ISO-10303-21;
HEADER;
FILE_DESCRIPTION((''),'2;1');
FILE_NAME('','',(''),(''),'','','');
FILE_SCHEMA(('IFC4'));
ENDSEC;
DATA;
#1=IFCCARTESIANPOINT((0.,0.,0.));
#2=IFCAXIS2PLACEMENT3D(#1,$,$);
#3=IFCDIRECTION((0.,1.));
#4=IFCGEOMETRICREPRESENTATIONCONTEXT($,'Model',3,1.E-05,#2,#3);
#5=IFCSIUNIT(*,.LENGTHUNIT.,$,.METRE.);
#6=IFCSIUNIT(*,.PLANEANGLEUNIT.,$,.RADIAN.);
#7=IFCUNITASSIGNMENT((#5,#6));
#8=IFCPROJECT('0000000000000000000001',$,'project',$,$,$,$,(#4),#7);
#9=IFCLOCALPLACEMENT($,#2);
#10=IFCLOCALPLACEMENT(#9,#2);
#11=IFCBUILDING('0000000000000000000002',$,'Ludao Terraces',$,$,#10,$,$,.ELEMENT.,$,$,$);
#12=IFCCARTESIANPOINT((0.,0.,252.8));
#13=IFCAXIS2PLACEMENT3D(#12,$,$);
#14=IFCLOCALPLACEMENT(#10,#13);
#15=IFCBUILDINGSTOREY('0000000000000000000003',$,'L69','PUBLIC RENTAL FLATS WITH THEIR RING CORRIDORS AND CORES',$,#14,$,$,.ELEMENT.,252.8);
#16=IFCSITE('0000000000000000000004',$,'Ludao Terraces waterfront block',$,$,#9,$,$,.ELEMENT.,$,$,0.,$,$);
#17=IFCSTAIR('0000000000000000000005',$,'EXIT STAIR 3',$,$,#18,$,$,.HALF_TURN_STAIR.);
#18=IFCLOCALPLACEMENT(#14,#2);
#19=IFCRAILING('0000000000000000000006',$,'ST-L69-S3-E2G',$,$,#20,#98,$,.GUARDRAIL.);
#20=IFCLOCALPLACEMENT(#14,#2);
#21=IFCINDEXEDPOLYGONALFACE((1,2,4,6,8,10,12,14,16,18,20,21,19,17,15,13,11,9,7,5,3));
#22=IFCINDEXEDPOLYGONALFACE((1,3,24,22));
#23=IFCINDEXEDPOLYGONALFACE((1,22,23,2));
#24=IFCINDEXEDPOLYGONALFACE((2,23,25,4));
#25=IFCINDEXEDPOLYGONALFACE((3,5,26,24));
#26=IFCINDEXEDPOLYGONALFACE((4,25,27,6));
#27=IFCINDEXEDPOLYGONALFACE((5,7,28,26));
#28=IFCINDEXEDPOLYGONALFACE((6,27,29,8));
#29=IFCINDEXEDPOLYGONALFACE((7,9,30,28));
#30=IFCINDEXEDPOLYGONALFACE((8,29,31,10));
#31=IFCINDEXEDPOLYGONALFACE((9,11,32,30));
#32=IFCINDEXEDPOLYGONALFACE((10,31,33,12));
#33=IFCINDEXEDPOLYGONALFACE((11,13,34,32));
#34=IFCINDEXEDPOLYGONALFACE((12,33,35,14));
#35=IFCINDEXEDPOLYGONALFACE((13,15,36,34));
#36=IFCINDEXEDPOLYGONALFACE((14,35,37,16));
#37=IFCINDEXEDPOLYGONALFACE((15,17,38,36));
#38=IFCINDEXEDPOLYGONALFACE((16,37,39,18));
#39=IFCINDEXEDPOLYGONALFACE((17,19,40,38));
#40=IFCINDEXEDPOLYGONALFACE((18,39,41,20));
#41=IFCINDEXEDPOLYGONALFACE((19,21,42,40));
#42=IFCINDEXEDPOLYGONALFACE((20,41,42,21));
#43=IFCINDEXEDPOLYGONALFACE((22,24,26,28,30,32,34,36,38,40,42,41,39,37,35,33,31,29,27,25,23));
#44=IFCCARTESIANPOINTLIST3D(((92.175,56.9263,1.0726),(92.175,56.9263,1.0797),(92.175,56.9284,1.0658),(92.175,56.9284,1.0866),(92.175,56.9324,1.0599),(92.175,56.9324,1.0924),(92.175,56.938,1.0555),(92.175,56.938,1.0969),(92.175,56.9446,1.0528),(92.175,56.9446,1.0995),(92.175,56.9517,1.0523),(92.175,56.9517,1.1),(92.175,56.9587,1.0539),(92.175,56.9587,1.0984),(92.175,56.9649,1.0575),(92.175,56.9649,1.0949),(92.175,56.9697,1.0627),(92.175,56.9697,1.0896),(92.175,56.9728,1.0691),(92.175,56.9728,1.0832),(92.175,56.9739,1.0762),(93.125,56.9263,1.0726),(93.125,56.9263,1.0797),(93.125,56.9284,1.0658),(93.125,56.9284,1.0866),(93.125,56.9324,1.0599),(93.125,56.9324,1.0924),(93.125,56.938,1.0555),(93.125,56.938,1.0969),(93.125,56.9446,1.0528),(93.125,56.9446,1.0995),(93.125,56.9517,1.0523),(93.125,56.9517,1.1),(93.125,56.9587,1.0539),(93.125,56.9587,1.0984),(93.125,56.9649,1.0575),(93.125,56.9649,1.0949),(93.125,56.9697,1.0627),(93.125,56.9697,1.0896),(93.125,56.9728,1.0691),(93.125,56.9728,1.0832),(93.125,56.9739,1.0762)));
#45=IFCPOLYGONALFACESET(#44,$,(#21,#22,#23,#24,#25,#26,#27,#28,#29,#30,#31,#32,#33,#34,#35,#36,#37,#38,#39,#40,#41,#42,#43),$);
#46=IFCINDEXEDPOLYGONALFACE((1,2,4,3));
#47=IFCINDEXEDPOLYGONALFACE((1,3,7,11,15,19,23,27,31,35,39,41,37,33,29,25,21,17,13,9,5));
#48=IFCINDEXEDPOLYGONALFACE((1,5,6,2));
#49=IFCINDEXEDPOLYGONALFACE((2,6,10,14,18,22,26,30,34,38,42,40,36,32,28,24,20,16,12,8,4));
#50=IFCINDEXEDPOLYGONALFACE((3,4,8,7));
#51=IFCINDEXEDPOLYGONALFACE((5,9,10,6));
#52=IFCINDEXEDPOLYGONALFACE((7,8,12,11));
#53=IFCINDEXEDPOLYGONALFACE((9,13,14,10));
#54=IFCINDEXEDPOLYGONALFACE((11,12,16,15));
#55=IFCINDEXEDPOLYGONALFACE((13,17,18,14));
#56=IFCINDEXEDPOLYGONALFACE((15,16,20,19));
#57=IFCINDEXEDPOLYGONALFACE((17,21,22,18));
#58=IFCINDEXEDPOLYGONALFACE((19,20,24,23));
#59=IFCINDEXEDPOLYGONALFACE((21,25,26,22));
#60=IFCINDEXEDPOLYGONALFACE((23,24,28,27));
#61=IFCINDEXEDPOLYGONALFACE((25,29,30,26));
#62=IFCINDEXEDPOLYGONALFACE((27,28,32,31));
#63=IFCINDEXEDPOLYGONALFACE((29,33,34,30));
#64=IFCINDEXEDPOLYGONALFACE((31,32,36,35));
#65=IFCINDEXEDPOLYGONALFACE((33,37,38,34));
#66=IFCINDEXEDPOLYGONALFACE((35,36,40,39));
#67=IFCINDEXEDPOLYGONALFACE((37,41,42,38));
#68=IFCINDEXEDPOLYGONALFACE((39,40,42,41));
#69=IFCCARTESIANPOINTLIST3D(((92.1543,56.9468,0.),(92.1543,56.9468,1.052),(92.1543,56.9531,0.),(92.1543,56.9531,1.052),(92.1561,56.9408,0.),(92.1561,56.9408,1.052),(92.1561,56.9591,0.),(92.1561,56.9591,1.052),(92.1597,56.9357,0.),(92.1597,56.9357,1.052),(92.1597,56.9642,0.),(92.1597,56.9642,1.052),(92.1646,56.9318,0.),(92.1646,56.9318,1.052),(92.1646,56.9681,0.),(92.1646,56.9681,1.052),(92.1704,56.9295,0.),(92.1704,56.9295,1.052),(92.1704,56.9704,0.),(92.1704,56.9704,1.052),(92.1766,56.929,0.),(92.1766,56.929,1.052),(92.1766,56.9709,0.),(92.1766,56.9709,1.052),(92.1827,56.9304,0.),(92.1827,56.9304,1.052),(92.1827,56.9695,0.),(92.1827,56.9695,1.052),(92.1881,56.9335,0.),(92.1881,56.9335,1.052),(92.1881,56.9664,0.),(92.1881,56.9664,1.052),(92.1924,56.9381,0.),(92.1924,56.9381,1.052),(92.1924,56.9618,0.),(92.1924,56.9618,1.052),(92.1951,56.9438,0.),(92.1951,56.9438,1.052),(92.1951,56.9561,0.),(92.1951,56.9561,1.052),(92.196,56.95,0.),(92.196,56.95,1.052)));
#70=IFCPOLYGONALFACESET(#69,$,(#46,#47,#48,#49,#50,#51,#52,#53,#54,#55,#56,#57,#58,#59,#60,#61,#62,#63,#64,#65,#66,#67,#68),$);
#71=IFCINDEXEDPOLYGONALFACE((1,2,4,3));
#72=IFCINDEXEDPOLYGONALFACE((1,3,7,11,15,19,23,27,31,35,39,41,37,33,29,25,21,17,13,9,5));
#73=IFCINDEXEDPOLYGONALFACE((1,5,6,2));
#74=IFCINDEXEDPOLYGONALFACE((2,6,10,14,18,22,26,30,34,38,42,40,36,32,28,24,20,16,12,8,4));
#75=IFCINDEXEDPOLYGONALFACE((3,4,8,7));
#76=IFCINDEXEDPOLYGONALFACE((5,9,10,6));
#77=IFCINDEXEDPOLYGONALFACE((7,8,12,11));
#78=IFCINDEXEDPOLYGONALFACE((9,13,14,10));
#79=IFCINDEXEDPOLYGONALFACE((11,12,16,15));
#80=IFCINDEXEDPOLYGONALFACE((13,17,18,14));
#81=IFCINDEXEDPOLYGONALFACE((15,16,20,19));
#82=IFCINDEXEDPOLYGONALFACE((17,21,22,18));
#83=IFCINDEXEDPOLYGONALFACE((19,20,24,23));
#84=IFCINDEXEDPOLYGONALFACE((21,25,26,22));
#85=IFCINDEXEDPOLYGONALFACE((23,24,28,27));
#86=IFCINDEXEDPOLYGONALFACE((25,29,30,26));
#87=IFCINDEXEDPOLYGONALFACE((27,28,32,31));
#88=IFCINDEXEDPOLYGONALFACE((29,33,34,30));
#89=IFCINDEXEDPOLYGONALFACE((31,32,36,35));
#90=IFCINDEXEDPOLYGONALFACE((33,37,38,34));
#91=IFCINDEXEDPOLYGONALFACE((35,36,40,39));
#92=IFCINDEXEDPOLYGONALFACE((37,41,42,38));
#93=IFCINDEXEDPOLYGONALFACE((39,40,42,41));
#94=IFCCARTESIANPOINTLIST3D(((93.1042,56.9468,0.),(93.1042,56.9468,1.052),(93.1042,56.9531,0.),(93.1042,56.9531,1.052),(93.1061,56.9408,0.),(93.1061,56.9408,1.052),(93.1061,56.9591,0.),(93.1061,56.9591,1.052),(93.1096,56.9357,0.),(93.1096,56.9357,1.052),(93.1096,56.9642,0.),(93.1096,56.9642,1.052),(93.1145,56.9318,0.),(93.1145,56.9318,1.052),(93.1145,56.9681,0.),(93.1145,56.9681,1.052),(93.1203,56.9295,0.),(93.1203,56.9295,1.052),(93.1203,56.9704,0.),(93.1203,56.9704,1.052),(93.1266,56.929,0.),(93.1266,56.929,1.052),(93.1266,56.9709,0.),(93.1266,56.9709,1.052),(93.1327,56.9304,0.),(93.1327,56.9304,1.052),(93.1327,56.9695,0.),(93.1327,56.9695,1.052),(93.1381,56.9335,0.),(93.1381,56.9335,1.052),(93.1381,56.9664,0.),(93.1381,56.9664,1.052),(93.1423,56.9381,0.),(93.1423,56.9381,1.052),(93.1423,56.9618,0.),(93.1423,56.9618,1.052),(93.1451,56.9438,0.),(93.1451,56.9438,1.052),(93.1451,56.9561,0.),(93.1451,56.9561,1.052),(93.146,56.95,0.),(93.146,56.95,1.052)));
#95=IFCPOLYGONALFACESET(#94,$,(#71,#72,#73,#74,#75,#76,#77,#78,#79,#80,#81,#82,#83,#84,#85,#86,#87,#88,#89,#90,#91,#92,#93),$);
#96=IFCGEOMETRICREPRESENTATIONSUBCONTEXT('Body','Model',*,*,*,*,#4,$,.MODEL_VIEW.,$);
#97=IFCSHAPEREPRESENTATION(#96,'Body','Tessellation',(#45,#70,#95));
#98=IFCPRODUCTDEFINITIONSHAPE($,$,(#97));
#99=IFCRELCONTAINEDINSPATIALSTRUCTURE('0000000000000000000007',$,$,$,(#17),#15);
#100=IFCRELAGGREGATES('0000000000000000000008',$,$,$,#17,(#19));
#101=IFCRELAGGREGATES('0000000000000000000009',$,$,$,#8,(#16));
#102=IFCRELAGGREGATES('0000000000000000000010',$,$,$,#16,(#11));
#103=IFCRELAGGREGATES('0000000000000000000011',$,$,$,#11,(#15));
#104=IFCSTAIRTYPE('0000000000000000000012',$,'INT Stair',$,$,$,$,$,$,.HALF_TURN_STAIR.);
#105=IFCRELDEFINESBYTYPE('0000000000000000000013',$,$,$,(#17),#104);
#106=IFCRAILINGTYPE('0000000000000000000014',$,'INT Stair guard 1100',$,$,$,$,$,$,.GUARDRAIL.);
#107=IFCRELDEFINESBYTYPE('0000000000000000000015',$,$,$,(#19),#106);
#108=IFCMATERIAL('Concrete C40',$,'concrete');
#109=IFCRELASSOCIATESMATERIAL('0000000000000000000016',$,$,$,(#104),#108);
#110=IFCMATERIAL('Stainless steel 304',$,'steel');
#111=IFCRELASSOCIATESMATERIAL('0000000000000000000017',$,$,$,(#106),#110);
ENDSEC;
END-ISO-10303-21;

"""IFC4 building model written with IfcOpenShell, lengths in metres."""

from ifc_helpers import new_model, si_unit, direction, frame, origin, origin_2d, place, context, subcontext, project, spatial, circle, extrude, material, type_object, element, aggregate, save


model = new_model("IFC4")

# Units and contexts
model_context = context("Model", 3, precision=1e-05, world=origin(), true_north=direction((0.0, 1.0)))
body_context = subcontext(model_context, "Body", "Model", "MODEL_VIEW")
ifc_project = project(units=[si_unit("LENGTHUNIT", "METRE"), si_unit("PLANEANGLEUNIT", "RADIAN")], contexts=[model_context])

# Site, building, storey
site_placement = place(None, origin())
site = spatial("IfcSite", under=ifc_project, at=site_placement, Name="Ludao Terraces waterfront block", CompositionType="ELEMENT", RefElevation=0.0)
building_placement = place(site_placement, origin())
building = spatial("IfcBuilding", under=site, at=building_placement, Name="Ludao Terraces", CompositionType="ELEMENT")
storey_placement = place(building_placement, frame((0.0, 0.0, 252.8)))
storey = spatial("IfcBuildingStorey", under=building, at=storey_placement, Name="L69", Description="PUBLIC RENTAL FLATS WITH THEIR RING CORRIDORS AND CORES", CompositionType="ELEMENT", Elevation=252.8)

# Shared definitions
ifc_material_1 = material(Name="Concrete C40", Category="concrete")

# Stair, railing
stair_type = type_object("IfcStairType", Name="INT Stair", PredefinedType="HALF_TURN_STAIR", material=ifc_material_1)
stair_placement = place(storey_placement, origin())
stair = element("IfcStair", 1, at=stair_placement, inside=storey, type_object=stair_type, Name="EXIT STAIR 3", PredefinedType="HALF_TURN_STAIR")
ifc_material_2 = material(Name="Stainless steel 304", Category="steel")
railing_type_1 = type_object("IfcRailingType", Name="INT Stair guard 1100", PredefinedType="GUARDRAIL", material=ifc_material_2)
railing_1_placement = place(storey_placement, frame((92.175, 56.95, 0.0)))
railing_1 = element("IfcRailing", 2, at=railing_1_placement, type_object=railing_type_1, Name="ST-L69-S3-E2G", PredefinedType="GUARDRAIL", context=body_context, shape_type="SweptSolid", body=[
    extrude(circle(Radius=0.0239, at=origin_2d()), frame((0.0, 0.0, 1.0762), z_axis=(1.0, 0.0, 0.0), x_axis=(0.0, 1.0, 0.0)), (0.0, 0.0, 1.0), 0.95),
    extrude(circle(Radius=0.021, at=origin_2d()), origin(), (0.0, 0.0, 1.0), 1.052),
    extrude(circle(Radius=0.021, at=origin_2d()), frame((0.95, 0.0, 0.0)), (0.0, 0.0, 1.0), 1.052),
])
aggregate(stair, [railing_1])

save(model, "model.ifc")
